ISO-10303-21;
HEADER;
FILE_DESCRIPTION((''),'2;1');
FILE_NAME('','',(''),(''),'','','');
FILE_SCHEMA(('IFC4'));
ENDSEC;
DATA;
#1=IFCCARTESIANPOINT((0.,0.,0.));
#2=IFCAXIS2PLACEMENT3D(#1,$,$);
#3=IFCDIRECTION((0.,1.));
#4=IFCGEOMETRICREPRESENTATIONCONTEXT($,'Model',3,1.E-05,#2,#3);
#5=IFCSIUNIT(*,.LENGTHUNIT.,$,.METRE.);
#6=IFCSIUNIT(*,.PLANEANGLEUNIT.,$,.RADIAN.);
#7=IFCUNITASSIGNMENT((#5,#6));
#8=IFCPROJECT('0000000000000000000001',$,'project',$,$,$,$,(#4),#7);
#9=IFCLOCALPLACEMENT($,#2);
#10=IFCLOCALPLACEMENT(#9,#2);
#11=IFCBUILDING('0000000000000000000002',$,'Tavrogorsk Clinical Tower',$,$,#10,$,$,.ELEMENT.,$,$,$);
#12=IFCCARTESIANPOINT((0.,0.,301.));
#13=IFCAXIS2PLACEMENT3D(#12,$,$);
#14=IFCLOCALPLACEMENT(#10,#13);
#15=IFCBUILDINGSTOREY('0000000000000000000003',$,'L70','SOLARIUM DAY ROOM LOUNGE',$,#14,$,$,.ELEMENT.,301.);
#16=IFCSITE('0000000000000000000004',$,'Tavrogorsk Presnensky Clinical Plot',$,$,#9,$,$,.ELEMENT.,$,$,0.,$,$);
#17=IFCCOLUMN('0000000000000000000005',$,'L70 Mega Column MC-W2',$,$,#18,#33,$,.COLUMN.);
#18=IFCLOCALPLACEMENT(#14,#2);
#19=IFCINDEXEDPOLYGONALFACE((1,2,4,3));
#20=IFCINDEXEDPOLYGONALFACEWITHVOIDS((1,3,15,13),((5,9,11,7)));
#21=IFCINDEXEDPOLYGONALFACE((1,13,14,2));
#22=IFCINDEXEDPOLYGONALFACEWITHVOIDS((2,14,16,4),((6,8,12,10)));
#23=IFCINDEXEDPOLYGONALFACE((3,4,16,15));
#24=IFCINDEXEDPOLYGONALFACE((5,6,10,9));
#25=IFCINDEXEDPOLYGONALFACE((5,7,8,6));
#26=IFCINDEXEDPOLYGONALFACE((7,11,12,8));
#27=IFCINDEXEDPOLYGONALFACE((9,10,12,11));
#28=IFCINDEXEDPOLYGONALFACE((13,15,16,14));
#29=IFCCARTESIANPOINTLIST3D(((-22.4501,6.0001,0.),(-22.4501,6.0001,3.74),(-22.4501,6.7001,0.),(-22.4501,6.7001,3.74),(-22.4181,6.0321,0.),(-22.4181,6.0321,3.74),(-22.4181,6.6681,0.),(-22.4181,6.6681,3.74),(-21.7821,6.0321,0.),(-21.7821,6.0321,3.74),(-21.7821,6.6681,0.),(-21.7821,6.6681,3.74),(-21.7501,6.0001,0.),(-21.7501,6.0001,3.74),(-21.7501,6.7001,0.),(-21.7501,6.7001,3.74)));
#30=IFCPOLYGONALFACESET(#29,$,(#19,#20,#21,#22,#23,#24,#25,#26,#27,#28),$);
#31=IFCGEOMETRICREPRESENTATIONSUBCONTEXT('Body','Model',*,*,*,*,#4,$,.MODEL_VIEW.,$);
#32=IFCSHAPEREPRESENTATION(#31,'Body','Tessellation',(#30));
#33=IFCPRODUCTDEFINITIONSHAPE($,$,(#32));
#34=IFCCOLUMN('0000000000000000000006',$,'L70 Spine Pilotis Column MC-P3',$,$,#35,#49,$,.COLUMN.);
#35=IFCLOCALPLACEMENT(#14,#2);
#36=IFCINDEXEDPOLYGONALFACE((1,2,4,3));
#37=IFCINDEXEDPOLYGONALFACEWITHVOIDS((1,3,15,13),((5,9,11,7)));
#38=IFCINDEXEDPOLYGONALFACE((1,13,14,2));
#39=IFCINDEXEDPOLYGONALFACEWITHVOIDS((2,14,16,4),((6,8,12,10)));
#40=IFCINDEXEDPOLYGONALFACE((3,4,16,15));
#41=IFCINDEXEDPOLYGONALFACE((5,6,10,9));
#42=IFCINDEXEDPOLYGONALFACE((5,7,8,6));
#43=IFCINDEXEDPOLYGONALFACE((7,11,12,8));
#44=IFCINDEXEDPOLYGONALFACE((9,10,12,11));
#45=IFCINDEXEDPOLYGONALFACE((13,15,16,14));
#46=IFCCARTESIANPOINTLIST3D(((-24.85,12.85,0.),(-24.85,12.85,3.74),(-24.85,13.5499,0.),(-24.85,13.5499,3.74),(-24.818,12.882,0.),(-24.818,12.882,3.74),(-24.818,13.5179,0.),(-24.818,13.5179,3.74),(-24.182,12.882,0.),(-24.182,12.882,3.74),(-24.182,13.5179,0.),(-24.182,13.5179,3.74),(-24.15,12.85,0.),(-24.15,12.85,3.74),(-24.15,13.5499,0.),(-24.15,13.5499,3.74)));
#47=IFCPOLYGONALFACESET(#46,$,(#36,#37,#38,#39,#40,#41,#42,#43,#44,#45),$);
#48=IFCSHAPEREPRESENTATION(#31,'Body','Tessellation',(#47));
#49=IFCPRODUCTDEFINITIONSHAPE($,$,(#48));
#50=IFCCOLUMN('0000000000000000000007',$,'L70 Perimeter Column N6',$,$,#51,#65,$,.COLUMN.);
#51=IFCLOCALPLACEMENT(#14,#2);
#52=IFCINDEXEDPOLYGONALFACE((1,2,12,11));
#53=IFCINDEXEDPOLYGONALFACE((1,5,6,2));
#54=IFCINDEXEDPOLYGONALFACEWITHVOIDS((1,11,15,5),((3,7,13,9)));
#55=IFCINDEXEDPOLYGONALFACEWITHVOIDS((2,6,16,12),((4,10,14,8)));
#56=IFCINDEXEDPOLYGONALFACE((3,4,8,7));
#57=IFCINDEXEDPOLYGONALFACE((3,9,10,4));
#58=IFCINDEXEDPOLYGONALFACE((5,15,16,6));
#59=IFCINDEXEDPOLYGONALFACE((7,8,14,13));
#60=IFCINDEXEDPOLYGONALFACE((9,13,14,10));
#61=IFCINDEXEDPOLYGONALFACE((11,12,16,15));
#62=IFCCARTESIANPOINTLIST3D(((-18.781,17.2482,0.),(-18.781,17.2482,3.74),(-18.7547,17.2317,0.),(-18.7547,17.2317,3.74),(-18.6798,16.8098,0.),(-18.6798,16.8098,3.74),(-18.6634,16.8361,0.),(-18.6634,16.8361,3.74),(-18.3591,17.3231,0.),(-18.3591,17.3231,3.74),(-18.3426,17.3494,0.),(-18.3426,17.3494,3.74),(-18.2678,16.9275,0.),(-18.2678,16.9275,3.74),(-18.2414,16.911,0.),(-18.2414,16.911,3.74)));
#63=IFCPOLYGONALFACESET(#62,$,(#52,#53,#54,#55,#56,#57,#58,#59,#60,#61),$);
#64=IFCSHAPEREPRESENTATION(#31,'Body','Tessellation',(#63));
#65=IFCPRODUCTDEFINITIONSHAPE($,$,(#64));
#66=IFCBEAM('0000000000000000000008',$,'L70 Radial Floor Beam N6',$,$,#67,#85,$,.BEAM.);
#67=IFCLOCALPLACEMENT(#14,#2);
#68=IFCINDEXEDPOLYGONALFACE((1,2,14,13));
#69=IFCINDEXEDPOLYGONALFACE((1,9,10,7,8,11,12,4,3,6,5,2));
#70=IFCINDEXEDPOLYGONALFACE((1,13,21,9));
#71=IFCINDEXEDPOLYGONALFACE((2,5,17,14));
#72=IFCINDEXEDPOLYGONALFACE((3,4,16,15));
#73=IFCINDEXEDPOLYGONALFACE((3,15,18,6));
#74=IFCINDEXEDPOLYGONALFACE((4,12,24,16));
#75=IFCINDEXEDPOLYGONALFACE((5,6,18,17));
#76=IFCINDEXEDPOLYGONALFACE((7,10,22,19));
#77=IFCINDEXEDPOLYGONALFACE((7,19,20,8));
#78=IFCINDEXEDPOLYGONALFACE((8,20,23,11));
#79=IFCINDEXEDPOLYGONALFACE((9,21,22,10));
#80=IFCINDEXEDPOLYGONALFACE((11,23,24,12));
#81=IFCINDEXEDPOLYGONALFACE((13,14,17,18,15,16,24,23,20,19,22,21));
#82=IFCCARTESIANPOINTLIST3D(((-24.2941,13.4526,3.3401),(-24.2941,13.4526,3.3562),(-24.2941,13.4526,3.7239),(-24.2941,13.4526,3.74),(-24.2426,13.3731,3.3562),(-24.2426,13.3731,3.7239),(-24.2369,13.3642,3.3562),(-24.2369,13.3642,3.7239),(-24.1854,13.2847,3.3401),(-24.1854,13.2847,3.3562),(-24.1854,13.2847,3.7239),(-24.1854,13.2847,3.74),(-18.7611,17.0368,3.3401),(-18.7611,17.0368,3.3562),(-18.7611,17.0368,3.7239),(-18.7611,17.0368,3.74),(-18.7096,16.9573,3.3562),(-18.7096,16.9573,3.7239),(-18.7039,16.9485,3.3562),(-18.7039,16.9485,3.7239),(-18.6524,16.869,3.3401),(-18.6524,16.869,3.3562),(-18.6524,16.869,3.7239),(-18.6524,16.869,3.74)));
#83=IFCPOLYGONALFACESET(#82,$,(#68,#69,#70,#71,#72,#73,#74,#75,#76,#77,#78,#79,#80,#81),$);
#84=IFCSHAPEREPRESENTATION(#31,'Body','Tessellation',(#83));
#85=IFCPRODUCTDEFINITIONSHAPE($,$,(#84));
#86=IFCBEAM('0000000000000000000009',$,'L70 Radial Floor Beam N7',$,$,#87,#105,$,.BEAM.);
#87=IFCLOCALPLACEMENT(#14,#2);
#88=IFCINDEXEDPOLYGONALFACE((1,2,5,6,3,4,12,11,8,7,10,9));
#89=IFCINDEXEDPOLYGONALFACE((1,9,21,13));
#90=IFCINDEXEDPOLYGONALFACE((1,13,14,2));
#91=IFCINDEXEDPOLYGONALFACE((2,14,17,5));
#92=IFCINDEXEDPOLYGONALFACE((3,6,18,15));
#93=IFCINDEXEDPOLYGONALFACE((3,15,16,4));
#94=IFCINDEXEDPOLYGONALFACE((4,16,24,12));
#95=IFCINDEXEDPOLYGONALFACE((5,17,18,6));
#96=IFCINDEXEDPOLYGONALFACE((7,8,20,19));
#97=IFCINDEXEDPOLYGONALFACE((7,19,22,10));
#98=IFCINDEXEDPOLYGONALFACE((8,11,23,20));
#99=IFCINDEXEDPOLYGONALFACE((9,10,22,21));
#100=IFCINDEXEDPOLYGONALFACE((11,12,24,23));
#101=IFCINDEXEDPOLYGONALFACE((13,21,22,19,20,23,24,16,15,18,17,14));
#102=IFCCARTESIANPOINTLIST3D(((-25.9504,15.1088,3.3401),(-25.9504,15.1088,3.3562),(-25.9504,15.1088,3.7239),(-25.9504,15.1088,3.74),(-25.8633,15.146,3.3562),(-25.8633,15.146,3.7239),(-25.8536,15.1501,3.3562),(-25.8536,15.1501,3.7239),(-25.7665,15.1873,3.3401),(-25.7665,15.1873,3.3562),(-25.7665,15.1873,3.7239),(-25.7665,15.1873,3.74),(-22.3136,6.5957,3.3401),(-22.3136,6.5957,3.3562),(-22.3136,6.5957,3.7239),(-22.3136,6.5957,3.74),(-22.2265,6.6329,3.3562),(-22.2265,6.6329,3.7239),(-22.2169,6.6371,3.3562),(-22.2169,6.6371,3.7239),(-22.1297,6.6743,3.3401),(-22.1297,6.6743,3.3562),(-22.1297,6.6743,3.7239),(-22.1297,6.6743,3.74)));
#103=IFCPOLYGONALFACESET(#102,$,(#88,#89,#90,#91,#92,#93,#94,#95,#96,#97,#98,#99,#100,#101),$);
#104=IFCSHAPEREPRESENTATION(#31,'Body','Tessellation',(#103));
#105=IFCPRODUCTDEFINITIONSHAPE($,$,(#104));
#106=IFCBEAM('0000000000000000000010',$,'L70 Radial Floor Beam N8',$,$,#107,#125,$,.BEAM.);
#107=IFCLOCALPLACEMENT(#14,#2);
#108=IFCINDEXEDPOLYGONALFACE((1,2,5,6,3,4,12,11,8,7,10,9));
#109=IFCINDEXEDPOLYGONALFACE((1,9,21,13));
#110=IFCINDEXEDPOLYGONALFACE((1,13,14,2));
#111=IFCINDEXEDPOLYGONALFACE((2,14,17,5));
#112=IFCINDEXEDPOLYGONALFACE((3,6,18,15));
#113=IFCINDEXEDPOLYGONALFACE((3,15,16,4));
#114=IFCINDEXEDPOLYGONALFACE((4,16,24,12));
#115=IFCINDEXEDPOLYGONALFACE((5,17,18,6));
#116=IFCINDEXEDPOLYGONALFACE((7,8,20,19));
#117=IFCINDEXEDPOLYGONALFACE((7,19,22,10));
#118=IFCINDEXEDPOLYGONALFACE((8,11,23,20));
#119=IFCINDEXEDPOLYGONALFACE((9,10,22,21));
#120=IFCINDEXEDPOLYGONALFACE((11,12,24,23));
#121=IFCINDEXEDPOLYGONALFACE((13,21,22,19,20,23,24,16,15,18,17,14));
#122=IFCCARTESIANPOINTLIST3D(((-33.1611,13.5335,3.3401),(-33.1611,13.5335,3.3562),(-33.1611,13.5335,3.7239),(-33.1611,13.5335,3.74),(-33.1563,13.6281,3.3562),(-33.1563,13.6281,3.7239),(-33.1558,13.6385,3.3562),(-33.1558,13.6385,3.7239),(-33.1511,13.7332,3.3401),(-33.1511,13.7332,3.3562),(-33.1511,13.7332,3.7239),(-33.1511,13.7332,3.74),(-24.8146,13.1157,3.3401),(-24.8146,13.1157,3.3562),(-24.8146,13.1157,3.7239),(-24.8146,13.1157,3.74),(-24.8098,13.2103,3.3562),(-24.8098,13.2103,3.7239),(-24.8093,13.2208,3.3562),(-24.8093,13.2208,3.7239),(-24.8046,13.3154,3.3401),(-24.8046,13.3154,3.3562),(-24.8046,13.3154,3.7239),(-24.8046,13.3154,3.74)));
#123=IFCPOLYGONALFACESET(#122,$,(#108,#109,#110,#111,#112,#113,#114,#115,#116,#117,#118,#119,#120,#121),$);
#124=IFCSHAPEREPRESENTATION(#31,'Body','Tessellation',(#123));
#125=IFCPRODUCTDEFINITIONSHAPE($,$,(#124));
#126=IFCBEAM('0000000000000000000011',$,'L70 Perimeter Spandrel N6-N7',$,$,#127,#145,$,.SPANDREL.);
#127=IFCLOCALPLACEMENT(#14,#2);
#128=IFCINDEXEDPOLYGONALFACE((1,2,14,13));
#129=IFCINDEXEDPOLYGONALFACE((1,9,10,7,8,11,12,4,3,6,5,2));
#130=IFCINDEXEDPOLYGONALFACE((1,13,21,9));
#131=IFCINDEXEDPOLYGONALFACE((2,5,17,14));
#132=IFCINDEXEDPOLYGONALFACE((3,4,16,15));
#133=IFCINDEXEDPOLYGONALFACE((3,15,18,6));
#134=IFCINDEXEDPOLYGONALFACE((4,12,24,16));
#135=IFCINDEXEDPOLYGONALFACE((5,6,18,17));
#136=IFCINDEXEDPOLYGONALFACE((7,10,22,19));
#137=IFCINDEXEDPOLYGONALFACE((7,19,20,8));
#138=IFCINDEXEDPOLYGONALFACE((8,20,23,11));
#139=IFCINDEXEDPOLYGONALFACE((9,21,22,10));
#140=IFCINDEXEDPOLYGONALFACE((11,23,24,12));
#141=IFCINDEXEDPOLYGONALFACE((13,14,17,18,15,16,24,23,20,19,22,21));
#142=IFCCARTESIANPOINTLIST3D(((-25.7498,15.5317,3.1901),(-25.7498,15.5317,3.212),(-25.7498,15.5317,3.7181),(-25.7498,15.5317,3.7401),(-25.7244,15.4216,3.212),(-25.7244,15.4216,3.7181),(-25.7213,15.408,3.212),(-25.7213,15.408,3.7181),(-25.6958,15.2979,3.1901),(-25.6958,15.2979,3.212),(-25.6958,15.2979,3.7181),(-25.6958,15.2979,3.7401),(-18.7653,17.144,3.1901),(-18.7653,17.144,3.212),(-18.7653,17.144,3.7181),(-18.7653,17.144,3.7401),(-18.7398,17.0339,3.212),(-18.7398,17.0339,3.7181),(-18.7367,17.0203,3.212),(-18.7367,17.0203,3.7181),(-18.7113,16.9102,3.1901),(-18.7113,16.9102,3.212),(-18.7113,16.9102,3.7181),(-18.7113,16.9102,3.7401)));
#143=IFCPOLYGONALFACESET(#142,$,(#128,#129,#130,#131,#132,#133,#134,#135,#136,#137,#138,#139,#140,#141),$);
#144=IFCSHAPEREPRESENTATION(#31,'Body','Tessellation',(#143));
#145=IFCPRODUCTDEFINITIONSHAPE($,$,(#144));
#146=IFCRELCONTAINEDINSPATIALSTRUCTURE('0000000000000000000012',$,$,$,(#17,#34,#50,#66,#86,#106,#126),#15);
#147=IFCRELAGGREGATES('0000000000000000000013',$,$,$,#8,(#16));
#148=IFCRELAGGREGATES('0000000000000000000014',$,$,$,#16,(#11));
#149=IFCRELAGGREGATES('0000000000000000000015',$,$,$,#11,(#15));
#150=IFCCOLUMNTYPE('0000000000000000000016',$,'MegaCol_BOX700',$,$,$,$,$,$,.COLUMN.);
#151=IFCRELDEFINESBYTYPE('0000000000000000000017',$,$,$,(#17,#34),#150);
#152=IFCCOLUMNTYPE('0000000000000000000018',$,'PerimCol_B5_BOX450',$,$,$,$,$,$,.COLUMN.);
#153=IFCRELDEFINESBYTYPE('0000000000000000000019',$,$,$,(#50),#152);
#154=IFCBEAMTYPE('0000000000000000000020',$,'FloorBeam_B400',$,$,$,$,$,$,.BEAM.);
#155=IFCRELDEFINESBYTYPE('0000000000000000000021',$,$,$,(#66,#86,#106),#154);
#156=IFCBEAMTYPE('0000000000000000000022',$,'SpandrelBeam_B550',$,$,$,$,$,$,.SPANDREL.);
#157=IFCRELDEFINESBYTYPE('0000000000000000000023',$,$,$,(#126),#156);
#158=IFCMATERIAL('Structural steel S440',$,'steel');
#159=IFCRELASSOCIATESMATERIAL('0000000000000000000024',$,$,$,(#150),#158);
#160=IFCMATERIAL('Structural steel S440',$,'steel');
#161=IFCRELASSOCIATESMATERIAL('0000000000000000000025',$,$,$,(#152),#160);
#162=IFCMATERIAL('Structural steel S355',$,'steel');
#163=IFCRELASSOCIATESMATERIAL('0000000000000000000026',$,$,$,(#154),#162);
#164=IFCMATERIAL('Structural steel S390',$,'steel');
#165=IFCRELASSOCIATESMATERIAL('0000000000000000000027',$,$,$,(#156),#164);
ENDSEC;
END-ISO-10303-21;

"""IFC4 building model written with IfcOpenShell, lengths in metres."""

from ifc_helpers import new_model, si_unit, direction, frame, origin, origin_2d, place, context, subcontext, project, spatial, hollow_rectangle, i_section, extrude, material, material_profile, profile_set, type_object, element, save


model = new_model("IFC4")

# Units and contexts
model_context = context("Model", 3, precision=1e-05, world=origin(), true_north=direction((0.0, 1.0)))
body_context = subcontext(model_context, "Body", "Model", "MODEL_VIEW")
ifc_project = project(units=[si_unit("LENGTHUNIT", "METRE"), si_unit("PLANEANGLEUNIT", "RADIAN")], contexts=[model_context])

# Site, building, storey
site_placement = place(None, origin())
site = spatial("IfcSite", under=ifc_project, at=site_placement, Name="Tavrogorsk Presnensky Clinical Plot", CompositionType="ELEMENT", RefElevation=0.0)
building_placement = place(site_placement, origin())
building = spatial("IfcBuilding", under=site, at=building_placement, Name="Tavrogorsk Clinical Tower", CompositionType="ELEMENT")
storey_placement = place(building_placement, frame((0.0, 0.0, 301.0)))
storey = spatial("IfcBuildingStorey", under=building, at=storey_placement, Name="L70", Description="SOLARIUM DAY ROOM LOUNGE", CompositionType="ELEMENT", Elevation=301.0)

# Columns
ifc_material_1 = material(Name="Structural steel S440", Category="steel")
ifc_material_profile_1 = material_profile(ifc_material_1, hollow_rectangle(XDim=0.7, YDim=0.7, WallThickness=0.032, at=origin_2d()), Name="BOX-700x700x32")
ifc_profile_set_1 = profile_set([ifc_material_profile_1], Name="Structural steel S440")
column_type_1 = type_object("IfcColumnType", Name="MegaCol_BOX700", PredefinedType="COLUMN", material=ifc_profile_set_1)
for number, where, z_axis, x_axis, name in (
    (1, (-22.1001, 6.3501, 0.0), (0.0, 0.0, 1.0), (1.0, 0.0, 0.0), "L70 Mega Column MC-W2"),
    (2, (-24.5, 13.2, 0.0), (0.0, 0.0, 1.0), (1.0, 0.0, 0.0), "L70 Spine Pilotis Column MC-P3"),
):
    element("IfcColumn", number, at=place(storey_placement, frame(where, z_axis=z_axis, x_axis=x_axis)), inside=storey, type_object=column_type_1, Name=name, PredefinedType="COLUMN", context=body_context, shape_type="SweptSolid", body=[
        extrude(hollow_rectangle(XDim=0.7, YDim=0.7, WallThickness=0.032, at=origin_2d()), origin(), (0.0, 0.0, 1.0), 3.74),
    ])
ifc_material_2 = material(Name="Structural steel S440", Category="steel")
ifc_material_profile_2 = material_profile(ifc_material_2, hollow_rectangle(XDim=0.45, YDim=0.45, WallThickness=0.022, at=origin_2d()), Name="BOX-450x450x22")
ifc_profile_set_2 = profile_set([ifc_material_profile_2], Name="Structural steel S440")
column_type_2 = type_object("IfcColumnType", Name="PerimCol_B5_BOX450", PredefinedType="COLUMN", material=ifc_profile_set_2)
column_placement = place(storey_placement, frame((-18.5112, 17.0796, 0.0), z_axis=(0.0, 0.0, 1.0), x_axis=(0.97437, 0.224951, 0.0)))
element("IfcColumn", 3, at=column_placement, inside=storey, type_object=column_type_2, Name="L70 Perimeter Column N6", PredefinedType="COLUMN", context=body_context, shape_type="SweptSolid", body=[
    extrude(hollow_rectangle(XDim=0.45, YDim=0.45, WallThickness=0.022, at=origin_2d()), origin(), (0.0, 0.0, 1.0), 3.74),
])

# Beams
ifc_material_3 = material(Name="Structural steel S355", Category="steel")
ifc_material_profile_3 = material_profile(ifc_material_3, i_section(OverallWidth=0.2, OverallDepth=0.3999, WebThickness=0.0105, FlangeThickness=0.0161, at=origin_2d()), Name="B-400x200x10.5x16")
ifc_profile_set_3 = profile_set([ifc_material_profile_3], Name="Structural steel S355")
beam_type_1 = type_object("IfcBeamType", Name="FloorBeam_B400", PredefinedType="BEAM", material=ifc_profile_set_3)
beam_1_placement = place(storey_placement, frame((-24.2397, 13.3687, 3.54), z_axis=(0.839288, 0.543687, 0.0), x_axis=(-0.543687, 0.839288, 0.0)))
element("IfcBeam", 4, at=beam_1_placement, inside=storey, type_object=beam_type_1, Name="L70 Radial Floor Beam N6", PredefinedType="BEAM", context=body_context, shape_type="SweptSolid", body=[
    extrude(i_section(OverallWidth=0.2, OverallDepth=0.3999, WebThickness=0.0105, FlangeThickness=0.0161, at=origin_2d()), origin(), (0.0, 0.0, 1.0), 6.5925),
])
beam_2_placement = place(storey_placement, frame((-22.2217, 6.635, 3.54), z_axis=(-0.392853, 0.919601, 0.0), x_axis=(-0.919601, -0.392853, 0.0)))
element("IfcBeam", 5, at=beam_2_placement, inside=storey, type_object=beam_type_1, Name="L70 Radial Floor Beam N7", PredefinedType="BEAM", context=body_context, shape_type="SweptSolid", body=[
    extrude(i_section(OverallWidth=0.2, OverallDepth=0.3999, WebThickness=0.0105, FlangeThickness=0.0161, at=origin_2d()), origin(), (0.0, 0.0, 1.0), 9.2573),
])
beam_3_placement = place(storey_placement, frame((-24.8096, 13.2156, 3.54), z_axis=(-0.99875, 0.049986, 0.0), x_axis=(-0.049986, -0.99875, 0.0)))
element("IfcBeam", 6, at=beam_3_placement, inside=storey, type_object=beam_type_1, Name="L70 Radial Floor Beam N8", PredefinedType="BEAM", context=body_context, shape_type="SweptSolid", body=[
    extrude(i_section(OverallWidth=0.2, OverallDepth=0.3999, WebThickness=0.0105, FlangeThickness=0.0161, at=origin_2d()), origin(), (0.0, 0.0, 1.0), 8.3569),
])
ifc_material_4 = material(Name="Structural steel S390", Category="steel")
ifc_material_profile_4 = material_profile(ifc_material_4, i_section(OverallWidth=0.24, OverallDepth=0.55, WebThickness=0.0139, FlangeThickness=0.022, at=origin_2d()), Name="B-550x240x14x22")
ifc_profile_set_4 = profile_set([ifc_material_profile_4], Name="Structural steel S390")
beam_type_2 = type_object("IfcBeamType", Name="SpandrelBeam_B550", PredefinedType="SPANDREL", material=ifc_profile_set_4)
beam_4_placement = place(storey_placement, frame((-18.7383, 17.0271, 3.4651), z_axis=(-0.974377, -0.224922, 0.0), x_axis=(0.224922, -0.974377, 0.0)))
element("IfcBeam", 7, at=beam_4_placement, inside=storey, type_object=beam_type_2, Name="L70 Perimeter Spandrel N6-N7", PredefinedType="SPANDREL", context=body_context, shape_type="SweptSolid", body=[
    extrude(i_section(OverallWidth=0.24, OverallDepth=0.55, WebThickness=0.0139, FlangeThickness=0.022, at=origin_2d()), origin(), (0.0, 0.0, 1.0), 7.1682),
])

save(model, "model.ifc")
